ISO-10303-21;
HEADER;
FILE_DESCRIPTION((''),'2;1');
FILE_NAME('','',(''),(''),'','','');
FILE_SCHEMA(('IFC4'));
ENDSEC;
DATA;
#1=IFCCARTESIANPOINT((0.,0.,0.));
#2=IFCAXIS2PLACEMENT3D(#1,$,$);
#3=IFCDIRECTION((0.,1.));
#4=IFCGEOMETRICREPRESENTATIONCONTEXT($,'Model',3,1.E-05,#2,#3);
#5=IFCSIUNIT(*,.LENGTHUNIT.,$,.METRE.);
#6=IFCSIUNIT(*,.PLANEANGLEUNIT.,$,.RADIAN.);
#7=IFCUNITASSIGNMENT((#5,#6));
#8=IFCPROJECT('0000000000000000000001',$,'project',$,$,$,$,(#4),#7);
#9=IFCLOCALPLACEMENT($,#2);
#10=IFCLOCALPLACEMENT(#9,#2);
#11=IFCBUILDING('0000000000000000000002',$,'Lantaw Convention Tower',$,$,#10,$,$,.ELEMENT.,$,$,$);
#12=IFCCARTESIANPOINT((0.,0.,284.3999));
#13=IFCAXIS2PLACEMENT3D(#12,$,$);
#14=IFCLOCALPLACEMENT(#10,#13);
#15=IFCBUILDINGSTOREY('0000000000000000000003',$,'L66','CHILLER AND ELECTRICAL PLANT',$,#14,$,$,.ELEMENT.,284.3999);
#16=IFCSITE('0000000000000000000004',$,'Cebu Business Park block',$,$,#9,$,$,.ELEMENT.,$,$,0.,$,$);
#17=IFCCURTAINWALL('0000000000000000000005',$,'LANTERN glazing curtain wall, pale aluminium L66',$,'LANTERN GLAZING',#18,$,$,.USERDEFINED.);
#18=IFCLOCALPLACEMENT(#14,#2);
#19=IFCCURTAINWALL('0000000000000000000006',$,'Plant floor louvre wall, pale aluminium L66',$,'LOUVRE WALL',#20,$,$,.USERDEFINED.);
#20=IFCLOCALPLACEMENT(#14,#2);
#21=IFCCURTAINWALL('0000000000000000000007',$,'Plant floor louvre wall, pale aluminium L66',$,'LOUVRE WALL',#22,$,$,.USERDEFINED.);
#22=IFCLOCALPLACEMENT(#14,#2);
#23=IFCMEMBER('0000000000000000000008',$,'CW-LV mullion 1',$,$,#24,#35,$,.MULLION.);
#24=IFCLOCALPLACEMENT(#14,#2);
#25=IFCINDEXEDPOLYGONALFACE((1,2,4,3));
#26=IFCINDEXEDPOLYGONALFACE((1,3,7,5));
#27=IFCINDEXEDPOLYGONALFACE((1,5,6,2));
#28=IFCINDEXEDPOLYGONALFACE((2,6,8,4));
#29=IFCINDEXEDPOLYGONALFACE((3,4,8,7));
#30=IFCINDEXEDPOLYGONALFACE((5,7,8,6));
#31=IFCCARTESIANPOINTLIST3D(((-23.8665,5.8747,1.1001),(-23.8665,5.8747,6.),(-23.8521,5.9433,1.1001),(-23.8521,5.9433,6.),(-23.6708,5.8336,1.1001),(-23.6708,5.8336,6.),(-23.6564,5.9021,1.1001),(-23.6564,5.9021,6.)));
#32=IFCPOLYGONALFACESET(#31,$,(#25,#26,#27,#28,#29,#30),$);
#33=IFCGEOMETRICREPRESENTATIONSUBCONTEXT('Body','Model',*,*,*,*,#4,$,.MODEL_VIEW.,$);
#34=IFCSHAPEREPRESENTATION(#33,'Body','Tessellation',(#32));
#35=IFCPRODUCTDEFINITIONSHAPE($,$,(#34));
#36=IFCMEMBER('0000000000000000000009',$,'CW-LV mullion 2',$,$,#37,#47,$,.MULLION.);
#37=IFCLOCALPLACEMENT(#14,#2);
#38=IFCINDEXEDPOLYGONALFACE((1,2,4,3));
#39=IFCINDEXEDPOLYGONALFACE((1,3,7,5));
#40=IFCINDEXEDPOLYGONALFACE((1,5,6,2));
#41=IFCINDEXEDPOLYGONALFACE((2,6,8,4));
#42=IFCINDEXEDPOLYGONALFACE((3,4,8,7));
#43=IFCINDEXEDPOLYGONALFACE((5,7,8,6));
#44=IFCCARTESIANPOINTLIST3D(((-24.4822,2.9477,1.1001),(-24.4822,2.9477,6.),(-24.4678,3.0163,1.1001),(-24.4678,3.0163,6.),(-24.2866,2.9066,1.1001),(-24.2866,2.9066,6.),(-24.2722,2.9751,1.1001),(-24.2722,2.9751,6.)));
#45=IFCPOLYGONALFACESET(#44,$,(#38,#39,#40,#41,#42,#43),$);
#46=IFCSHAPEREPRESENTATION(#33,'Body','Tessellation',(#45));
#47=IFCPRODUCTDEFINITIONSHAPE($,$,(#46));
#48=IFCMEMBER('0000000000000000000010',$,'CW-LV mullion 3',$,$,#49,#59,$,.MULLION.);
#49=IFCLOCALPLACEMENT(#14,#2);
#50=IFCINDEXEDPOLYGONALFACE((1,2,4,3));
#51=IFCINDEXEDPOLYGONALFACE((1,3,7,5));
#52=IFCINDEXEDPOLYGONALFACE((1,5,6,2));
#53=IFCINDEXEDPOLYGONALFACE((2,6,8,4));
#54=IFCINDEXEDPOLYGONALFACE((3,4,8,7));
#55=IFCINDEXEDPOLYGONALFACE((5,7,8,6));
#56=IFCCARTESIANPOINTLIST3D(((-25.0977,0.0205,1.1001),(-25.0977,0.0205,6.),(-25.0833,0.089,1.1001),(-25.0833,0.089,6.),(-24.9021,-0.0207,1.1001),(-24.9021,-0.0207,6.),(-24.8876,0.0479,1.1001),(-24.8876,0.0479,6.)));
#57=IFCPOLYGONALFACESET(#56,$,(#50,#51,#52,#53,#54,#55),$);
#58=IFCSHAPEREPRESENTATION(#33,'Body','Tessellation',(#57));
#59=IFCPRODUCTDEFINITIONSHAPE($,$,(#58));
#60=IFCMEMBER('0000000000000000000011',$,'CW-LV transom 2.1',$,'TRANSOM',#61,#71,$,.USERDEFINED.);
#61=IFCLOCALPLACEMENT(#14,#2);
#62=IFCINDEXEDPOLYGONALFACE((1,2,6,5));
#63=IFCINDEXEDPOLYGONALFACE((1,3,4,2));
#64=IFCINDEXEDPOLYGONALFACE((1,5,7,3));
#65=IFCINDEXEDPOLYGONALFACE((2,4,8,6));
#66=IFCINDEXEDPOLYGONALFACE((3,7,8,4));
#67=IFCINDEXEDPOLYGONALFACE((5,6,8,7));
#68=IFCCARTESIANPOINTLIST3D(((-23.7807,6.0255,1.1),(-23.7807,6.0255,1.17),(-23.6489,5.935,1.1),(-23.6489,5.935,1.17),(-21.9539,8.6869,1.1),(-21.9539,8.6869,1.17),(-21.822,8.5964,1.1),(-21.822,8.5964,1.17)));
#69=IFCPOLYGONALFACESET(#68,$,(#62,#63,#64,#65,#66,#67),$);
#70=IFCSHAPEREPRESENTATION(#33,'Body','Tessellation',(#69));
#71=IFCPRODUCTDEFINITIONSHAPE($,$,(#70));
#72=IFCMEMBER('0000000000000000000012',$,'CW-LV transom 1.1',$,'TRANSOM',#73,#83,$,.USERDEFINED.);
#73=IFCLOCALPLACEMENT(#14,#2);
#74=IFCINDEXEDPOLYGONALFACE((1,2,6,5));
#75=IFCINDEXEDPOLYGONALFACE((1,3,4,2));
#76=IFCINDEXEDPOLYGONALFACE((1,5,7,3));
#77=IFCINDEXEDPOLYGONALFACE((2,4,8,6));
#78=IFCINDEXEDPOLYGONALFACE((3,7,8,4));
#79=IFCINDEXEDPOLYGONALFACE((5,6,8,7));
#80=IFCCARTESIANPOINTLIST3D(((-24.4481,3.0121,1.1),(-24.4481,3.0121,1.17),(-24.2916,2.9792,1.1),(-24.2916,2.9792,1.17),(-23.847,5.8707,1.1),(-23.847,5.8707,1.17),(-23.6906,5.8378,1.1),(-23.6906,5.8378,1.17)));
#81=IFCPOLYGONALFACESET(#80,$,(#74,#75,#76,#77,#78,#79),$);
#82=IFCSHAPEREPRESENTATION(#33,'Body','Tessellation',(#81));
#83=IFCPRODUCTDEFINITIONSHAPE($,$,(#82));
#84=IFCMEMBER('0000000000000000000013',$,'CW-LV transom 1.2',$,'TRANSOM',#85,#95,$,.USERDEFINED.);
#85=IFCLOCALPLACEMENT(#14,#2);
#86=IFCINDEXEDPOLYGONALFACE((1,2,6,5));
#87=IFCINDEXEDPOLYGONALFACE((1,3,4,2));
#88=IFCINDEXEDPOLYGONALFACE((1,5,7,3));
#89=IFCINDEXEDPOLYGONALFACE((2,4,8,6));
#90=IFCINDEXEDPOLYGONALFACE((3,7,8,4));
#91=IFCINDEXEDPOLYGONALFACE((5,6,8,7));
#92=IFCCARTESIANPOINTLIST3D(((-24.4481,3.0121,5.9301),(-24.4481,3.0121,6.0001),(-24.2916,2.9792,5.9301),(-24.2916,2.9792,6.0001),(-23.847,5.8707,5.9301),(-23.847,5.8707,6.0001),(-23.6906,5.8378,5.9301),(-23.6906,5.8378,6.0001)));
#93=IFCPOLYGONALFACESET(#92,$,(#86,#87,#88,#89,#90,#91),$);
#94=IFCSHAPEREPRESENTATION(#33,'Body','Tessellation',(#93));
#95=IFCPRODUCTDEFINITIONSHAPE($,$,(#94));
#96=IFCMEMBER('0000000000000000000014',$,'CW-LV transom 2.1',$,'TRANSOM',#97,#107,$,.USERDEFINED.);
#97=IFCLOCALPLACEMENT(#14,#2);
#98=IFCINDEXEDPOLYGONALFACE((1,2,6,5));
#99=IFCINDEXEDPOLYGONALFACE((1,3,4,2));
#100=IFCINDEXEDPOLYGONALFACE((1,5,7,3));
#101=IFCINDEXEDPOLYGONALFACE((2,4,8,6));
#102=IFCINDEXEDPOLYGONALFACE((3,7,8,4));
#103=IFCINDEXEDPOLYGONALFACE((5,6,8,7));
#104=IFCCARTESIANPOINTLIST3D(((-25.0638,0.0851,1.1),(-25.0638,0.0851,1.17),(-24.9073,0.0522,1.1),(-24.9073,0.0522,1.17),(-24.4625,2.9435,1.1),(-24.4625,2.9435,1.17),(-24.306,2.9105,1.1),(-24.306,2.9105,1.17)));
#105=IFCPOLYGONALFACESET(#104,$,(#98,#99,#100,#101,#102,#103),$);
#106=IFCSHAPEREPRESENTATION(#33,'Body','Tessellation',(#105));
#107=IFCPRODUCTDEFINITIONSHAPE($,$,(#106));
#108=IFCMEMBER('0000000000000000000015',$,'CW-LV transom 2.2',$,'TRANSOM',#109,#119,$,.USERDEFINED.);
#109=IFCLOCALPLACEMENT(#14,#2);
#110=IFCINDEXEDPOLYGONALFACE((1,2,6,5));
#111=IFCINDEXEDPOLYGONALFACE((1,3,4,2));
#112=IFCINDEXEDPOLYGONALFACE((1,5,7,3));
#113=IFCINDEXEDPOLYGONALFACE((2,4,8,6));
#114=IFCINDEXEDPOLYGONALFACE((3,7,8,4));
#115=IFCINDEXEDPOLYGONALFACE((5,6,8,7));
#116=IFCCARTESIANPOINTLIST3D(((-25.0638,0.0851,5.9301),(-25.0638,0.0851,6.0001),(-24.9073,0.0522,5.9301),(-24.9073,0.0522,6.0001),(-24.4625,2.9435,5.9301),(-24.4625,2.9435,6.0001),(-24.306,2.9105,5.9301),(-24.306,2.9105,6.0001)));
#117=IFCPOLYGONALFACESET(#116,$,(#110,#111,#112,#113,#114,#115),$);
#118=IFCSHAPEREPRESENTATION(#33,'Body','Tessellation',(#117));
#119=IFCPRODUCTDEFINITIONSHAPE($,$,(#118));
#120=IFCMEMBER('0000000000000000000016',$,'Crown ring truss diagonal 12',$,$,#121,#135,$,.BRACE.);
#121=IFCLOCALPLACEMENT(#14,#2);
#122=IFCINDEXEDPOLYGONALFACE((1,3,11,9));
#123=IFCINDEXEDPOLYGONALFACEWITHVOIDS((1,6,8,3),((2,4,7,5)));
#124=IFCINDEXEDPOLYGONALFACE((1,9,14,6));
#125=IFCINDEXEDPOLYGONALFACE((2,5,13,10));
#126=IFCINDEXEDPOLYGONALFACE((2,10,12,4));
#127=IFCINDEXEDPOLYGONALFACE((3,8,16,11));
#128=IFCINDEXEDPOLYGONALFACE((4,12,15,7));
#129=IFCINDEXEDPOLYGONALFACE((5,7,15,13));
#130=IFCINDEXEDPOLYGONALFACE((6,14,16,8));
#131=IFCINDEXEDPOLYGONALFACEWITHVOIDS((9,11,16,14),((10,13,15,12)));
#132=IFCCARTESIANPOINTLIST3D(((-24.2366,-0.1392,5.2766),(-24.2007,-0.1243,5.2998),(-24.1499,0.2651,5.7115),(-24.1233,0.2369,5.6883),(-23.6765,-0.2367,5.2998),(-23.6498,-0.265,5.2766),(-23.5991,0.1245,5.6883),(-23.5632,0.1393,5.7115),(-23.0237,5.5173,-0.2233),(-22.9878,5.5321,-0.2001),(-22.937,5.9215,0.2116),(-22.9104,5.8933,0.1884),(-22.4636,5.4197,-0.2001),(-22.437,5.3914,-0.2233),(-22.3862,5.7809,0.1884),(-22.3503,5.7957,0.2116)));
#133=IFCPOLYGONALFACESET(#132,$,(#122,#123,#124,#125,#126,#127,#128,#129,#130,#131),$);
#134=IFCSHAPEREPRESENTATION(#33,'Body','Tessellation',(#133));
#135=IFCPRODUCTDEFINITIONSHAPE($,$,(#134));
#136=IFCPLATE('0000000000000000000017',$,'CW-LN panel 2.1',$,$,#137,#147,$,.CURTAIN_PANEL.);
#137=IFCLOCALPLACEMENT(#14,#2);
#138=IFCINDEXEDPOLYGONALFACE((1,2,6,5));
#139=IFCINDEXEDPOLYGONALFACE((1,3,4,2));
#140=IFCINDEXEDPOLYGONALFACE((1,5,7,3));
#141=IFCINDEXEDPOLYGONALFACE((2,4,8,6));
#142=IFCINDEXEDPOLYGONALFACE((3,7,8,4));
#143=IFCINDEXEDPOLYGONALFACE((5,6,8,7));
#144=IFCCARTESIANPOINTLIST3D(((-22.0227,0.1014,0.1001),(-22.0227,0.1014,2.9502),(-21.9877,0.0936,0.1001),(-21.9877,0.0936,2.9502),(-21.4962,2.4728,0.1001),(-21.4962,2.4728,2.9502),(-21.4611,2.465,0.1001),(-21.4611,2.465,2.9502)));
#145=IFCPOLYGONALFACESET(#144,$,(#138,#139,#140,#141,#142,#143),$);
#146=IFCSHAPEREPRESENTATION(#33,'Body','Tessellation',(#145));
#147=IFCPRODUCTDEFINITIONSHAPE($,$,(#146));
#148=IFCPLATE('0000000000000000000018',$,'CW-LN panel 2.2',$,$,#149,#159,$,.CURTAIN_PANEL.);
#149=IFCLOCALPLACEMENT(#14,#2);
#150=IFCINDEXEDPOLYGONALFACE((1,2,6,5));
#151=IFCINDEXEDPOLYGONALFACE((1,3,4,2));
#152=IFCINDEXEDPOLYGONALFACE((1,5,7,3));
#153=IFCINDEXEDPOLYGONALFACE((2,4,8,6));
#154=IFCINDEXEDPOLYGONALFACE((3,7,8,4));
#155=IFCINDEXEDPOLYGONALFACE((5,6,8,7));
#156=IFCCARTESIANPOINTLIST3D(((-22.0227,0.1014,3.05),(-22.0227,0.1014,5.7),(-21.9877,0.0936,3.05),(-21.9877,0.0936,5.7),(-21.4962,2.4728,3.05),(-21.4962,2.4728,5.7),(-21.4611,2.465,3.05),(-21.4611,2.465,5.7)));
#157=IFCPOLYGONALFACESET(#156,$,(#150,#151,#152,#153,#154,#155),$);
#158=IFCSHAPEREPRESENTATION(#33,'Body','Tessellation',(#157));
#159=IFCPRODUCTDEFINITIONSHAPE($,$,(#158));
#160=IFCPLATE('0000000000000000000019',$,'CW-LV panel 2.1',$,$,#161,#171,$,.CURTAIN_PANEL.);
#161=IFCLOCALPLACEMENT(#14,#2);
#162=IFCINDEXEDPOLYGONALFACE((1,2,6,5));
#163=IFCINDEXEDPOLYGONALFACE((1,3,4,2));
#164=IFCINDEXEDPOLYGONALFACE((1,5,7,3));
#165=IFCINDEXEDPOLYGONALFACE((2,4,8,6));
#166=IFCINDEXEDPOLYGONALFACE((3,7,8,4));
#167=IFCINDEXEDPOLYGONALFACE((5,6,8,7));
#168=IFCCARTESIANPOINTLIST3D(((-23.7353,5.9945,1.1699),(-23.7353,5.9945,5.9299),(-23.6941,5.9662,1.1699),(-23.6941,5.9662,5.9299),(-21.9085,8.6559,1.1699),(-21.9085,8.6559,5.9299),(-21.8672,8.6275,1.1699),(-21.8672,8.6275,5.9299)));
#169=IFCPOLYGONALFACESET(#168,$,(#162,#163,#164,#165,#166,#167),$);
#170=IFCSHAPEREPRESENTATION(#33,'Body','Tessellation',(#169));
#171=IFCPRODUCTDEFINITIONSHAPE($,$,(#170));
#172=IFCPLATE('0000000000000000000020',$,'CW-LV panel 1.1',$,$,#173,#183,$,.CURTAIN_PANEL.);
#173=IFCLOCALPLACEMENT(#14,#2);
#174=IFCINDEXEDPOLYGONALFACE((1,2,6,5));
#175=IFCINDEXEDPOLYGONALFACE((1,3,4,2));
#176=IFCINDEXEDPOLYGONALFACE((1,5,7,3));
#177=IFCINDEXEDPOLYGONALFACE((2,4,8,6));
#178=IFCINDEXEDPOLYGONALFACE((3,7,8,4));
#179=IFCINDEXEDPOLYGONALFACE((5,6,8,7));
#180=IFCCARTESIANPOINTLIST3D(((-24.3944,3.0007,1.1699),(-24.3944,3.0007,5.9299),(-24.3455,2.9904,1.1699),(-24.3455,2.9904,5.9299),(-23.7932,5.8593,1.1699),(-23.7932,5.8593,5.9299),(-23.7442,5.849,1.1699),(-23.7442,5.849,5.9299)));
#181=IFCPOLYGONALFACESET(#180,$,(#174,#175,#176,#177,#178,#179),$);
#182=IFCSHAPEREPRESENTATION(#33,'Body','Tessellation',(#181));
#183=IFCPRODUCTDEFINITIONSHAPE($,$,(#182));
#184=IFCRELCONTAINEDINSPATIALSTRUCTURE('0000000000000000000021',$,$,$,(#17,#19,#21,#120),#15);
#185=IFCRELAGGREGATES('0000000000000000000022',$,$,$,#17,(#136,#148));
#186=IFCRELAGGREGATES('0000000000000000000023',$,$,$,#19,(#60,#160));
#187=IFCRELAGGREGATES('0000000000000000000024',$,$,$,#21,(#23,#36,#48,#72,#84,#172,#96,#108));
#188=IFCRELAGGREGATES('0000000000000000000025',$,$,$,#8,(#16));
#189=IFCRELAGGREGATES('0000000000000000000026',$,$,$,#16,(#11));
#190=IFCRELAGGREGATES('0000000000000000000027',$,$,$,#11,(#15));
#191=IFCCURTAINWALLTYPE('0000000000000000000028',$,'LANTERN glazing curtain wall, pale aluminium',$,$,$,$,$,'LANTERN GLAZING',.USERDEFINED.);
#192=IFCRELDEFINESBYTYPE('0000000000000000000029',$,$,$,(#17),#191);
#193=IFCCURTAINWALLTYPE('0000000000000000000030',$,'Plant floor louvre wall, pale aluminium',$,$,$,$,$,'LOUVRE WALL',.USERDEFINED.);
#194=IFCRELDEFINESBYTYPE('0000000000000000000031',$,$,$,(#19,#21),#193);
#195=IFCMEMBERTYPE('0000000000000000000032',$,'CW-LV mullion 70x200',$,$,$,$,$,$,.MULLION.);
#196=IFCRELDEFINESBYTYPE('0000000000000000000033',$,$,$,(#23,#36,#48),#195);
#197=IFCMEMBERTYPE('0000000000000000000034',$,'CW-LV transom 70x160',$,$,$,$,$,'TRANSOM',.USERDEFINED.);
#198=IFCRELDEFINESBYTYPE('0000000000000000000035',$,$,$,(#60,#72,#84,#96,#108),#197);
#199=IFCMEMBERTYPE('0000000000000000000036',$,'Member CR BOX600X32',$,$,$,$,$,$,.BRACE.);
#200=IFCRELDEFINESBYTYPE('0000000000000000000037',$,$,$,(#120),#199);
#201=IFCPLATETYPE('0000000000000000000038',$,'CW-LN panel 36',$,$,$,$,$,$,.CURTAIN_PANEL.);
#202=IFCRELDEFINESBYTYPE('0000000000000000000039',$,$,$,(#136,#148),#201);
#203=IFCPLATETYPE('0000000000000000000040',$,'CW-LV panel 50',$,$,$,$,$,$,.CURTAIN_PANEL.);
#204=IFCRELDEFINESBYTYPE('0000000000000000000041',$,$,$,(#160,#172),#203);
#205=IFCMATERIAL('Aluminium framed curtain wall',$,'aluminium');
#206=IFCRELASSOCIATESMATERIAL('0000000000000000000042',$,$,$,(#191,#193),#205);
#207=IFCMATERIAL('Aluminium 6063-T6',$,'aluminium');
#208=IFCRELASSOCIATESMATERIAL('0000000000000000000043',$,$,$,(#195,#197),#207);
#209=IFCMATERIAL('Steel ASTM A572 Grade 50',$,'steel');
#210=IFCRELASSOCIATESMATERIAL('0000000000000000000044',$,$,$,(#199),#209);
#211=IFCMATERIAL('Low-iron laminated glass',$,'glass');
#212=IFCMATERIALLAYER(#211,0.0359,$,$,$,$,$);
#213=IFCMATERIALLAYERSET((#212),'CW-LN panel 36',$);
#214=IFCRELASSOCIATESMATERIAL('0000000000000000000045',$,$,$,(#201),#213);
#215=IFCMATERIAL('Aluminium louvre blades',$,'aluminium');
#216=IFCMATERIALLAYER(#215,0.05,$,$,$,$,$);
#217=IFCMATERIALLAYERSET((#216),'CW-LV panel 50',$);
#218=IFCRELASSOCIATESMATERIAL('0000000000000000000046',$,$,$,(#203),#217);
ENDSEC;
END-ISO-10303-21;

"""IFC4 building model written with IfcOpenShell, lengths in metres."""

from ifc_helpers import new_model, si_unit, direction, frame, origin, origin_2d, place, context, subcontext, project, spatial, rectangle, hollow_rectangle, extrude, material, layer, layer_set, material_profile, profile_set, type_object, element, aggregate, save


model = new_model("IFC4")

# Units and contexts
model_context = context("Model", 3, precision=1e-05, world=origin(), true_north=direction((0.0, 1.0)))
body_context = subcontext(model_context, "Body", "Model", "MODEL_VIEW")
ifc_project = project(units=[si_unit("LENGTHUNIT", "METRE"), si_unit("PLANEANGLEUNIT", "RADIAN")], contexts=[model_context])

# Site, building, storey
site_placement = place(None, origin())
site = spatial("IfcSite", under=ifc_project, at=site_placement, Name="Cebu Business Park block", CompositionType="ELEMENT", RefElevation=0.0)
building_placement = place(site_placement, origin())
building = spatial("IfcBuilding", under=site, at=building_placement, Name="Lantaw Convention Tower", CompositionType="ELEMENT")
storey_placement = place(building_placement, frame((0.0, 0.0, 284.3999)))
storey = spatial("IfcBuildingStorey", under=building, at=storey_placement, Name="L66", Description="CHILLER AND ELECTRICAL PLANT", CompositionType="ELEMENT", Elevation=284.3999)

# Shared definitions
ifc_material_1 = material(Name="Steel ASTM A572 Grade 50", Category="steel")

# Curtain wall
ifc_material_2 = material(Name="Aluminium framed curtain wall", Category="aluminium")
curtain_wall_type_1 = type_object("IfcCurtainWallType", Name="LANTERN glazing curtain wall, pale aluminium", ElementType="LANTERN GLAZING", PredefinedType="USERDEFINED", material=ifc_material_2)
curtain_wall_1_placement = place(storey_placement, origin())
curtain_wall_1 = element("IfcCurtainWall", 1, at=curtain_wall_1_placement, inside=storey, type_object=curtain_wall_type_1, Name="LANTERN glazing curtain wall, pale aluminium L66", ObjectType="LANTERN GLAZING", PredefinedType="USERDEFINED")
ifc_material_3 = material(Name="Aluminium 6063-T6", Category="aluminium")

# Curtain wall
curtain_wall_type_2 = type_object("IfcCurtainWallType", Name="Plant floor louvre wall, pale aluminium", ElementType="LOUVRE WALL", PredefinedType="USERDEFINED", material=ifc_material_2)
curtain_wall_2_placement = place(storey_placement, origin())
curtain_wall_2 = element("IfcCurtainWall", 2, at=curtain_wall_2_placement, inside=storey, type_object=curtain_wall_type_2, Name="Plant floor louvre wall, pale aluminium L66", ObjectType="LOUVRE WALL", PredefinedType="USERDEFINED")
ifc_material_profile_1 = material_profile(ifc_material_3, rectangle(XDim=0.2, YDim=0.0701, at=origin_2d()), Name="CW-LV mullion 70x200")
ifc_profile_set_1 = profile_set([ifc_material_profile_1], Name="Aluminium 6063-T6")
member_type_1 = type_object("IfcMemberType", Name="CW-LV mullion 70x200", PredefinedType="MULLION", material=ifc_profile_set_1)

# Curtain wall, members
curtain_wall_3_placement = place(storey_placement, origin())
curtain_wall_3 = element("IfcCurtainWall", 3, at=curtain_wall_3_placement, inside=storey, type_object=curtain_wall_type_2, Name="Plant floor louvre wall, pale aluminium L66", ObjectType="LOUVRE WALL", PredefinedType="USERDEFINED")
member_1_placement = place(storey_placement, frame((-23.7615, 5.8884, 1.1001), z_axis=(0.0, 0.0, 1.0), x_axis=(0.978591, -0.205814, 0.0)))
member_1 = element("IfcMember", 4, at=member_1_placement, type_object=member_type_1, Name="CW-LV mullion 1", PredefinedType="MULLION", context=body_context, shape_type="SweptSolid", body=[
    extrude(rectangle(XDim=0.2, YDim=0.0701, at=origin_2d()), origin(), (0.0, 0.0, 1.0), 4.8999),
])
member_2_placement = place(storey_placement, frame((-24.3772, 2.9614, 1.1001), z_axis=(0.0, 0.0, 1.0), x_axis=(0.978591, -0.205814, 0.0)))
member_2 = element("IfcMember", 5, at=member_2_placement, type_object=member_type_1, Name="CW-LV mullion 2", PredefinedType="MULLION", context=body_context, shape_type="SweptSolid", body=[
    extrude(rectangle(XDim=0.2, YDim=0.0701, at=origin_2d()), origin(), (0.0, 0.0, 1.0), 4.8999),
])
member_3_placement = place(storey_placement, frame((-24.9927, 0.0342, 1.1001), z_axis=(0.0, 0.0, 1.0), x_axis=(0.978591, -0.205814, 0.0)))
member_3 = element("IfcMember", 6, at=member_3_placement, type_object=member_type_1, Name="CW-LV mullion 3", PredefinedType="MULLION", context=body_context, shape_type="SweptSolid", body=[
    extrude(rectangle(XDim=0.2, YDim=0.0701, at=origin_2d()), origin(), (0.0, 0.0, 1.0), 4.8999),
])

# Members
ifc_material_profile_2 = material_profile(ifc_material_3, rectangle(XDim=0.1599, YDim=0.0701, at=origin_2d()), Name="CW-LV transom 70x160")
ifc_profile_set_2 = profile_set([ifc_material_profile_2], Name="Aluminium 6063-T6")
member_type_2 = type_object("IfcMemberType", Name="CW-LV transom 70x160", ElementType="TRANSOM", PredefinedType="USERDEFINED", material=ifc_profile_set_2)
member_4_placement = place(storey_placement, frame((-21.8879, 8.6416, 1.135), z_axis=(-0.565941, -0.824446, 0.0), x_axis=(0.824446, -0.565941, 0.0)))
member_4 = element("IfcMember", 7, at=member_4_placement, type_object=member_type_2, Name="CW-LV transom 2.1", ObjectType="TRANSOM", PredefinedType="USERDEFINED", context=body_context, shape_type="SweptSolid", body=[
    extrude(rectangle(XDim=0.1599, YDim=0.0701, at=origin_2d()), origin(), (0.0, 0.0, 1.0), 3.228),
])
member_5_placement = place(storey_placement, frame((-23.7688, 5.8542, 1.135), z_axis=(-0.205766, -0.978601, 0.0), x_axis=(0.978601, -0.205766, 0.0)))
member_5 = element("IfcMember", 8, at=member_5_placement, type_object=member_type_2, Name="CW-LV transom 1.1", ObjectType="TRANSOM", PredefinedType="USERDEFINED", context=body_context, shape_type="SweptSolid", body=[
    extrude(rectangle(XDim=0.1599, YDim=0.0701, at=origin_2d()), origin(), (0.0, 0.0, 1.0), 2.9211),
])
member_6_placement = place(storey_placement, frame((-23.7688, 5.8542, 5.9651), z_axis=(-0.205766, -0.978601, 0.0), x_axis=(0.978601, -0.205766, 0.0)))
member_6 = element("IfcMember", 9, at=member_6_placement, type_object=member_type_2, Name="CW-LV transom 1.2", ObjectType="TRANSOM", PredefinedType="USERDEFINED", context=body_context, shape_type="SweptSolid", body=[
    extrude(rectangle(XDim=0.1599, YDim=0.0701, at=origin_2d()), origin(), (0.0, 0.0, 1.0), 2.9211),
])
member_7_placement = place(storey_placement, frame((-24.3843, 2.927, 1.135), z_axis=(-0.205863, -0.978581, 0.0), x_axis=(0.978581, -0.205863, 0.0)))
member_7 = element("IfcMember", 10, at=member_7_placement, type_object=member_type_2, Name="CW-LV transom 2.1", ObjectType="TRANSOM", PredefinedType="USERDEFINED", context=body_context, shape_type="SweptSolid", body=[
    extrude(rectangle(XDim=0.1599, YDim=0.0701, at=origin_2d()), origin(), (0.0, 0.0, 1.0), 2.9209),
])
member_8_placement = place(storey_placement, frame((-24.3843, 2.927, 5.9651), z_axis=(-0.205863, -0.978581, 0.0), x_axis=(0.978581, -0.205863, 0.0)))
member_8 = element("IfcMember", 11, at=member_8_placement, type_object=member_type_2, Name="CW-LV transom 2.2", ObjectType="TRANSOM", PredefinedType="USERDEFINED", context=body_context, shape_type="SweptSolid", body=[
    extrude(rectangle(XDim=0.1599, YDim=0.0701, at=origin_2d()), origin(), (0.0, 0.0, 1.0), 2.9209),
])
ifc_material_profile_3 = material_profile(ifc_material_1, hollow_rectangle(XDim=0.6001, YDim=0.6001, WallThickness=0.032, at=origin_2d()), Name="BOX600X32")
ifc_profile_set_3 = profile_set([ifc_material_profile_3], Name="Steel ASTM A572 Grade 50")
member_type_3 = type_object("IfcMemberType", Name="Member CR BOX600X32", PredefinedType="BRACE", material=ifc_profile_set_3)
member_9_placement = place(storey_placement, frame((-22.687, 5.6565, -0.0059), z_axis=(-0.151948, -0.70863, 0.689025), x_axis=(0.977775, -0.209659, 0.0)))
element("IfcMember", 12, at=member_9_placement, inside=storey, type_object=member_type_3, Name="Crown ring truss diagonal 12", PredefinedType="BRACE", context=body_context, shape_type="SweptSolid", body=[
    extrude(hollow_rectangle(XDim=0.6001, YDim=0.6001, WallThickness=0.032, at=origin_2d()), origin(), (0.0, 0.0, 1.0), 7.9822),
])

# Plates
ifc_material_4 = material(Name="Low-iron laminated glass", Category="glass")
ifc_layer_1 = layer(ifc_material_4, 0.0359)
ifc_layer_set_1 = layer_set([ifc_layer_1], Name="CW-LN panel 36")
plate_type_1 = type_object("IfcPlateType", Name="CW-LN panel 36", PredefinedType="CURTAIN_PANEL", material=ifc_layer_set_1)
plate_1_placement = place(storey_placement, frame((-21.7419, 1.2832, 0.1001), z_axis=(0.0, 0.0, 1.0), x_axis=(-0.216765, -0.976224, 0.0)))
plate_1 = element("IfcPlate", 13, at=plate_1_placement, type_object=plate_type_1, Name="CW-LN panel 2.1", PredefinedType="CURTAIN_PANEL", context=body_context, shape_type="SweptSolid", body=[
    extrude(rectangle(XDim=2.4292, YDim=0.0359, at=origin_2d()), origin(), (0.0, 0.0, 1.0), 2.8501),
])
plate_2_placement = place(storey_placement, frame((-21.7419, 1.2832, 3.05), z_axis=(0.0, 0.0, 1.0), x_axis=(-0.216765, -0.976224, 0.0)))
plate_2 = element("IfcPlate", 14, at=plate_2_placement, type_object=plate_type_1, Name="CW-LN panel 2.2", PredefinedType="CURTAIN_PANEL", context=body_context, shape_type="SweptSolid", body=[
    extrude(rectangle(XDim=2.4292, YDim=0.0359, at=origin_2d()), origin(), (0.0, 0.0, 1.0), 2.6499),
])
aggregate(curtain_wall_1, [plate_1, plate_2])
ifc_material_5 = material(Name="Aluminium louvre blades", Category="aluminium")
ifc_layer_2 = layer(ifc_material_5, 0.05)
ifc_layer_set_2 = layer_set([ifc_layer_2], Name="CW-LV panel 50")
plate_type_2 = type_object("IfcPlateType", Name="CW-LV panel 50", PredefinedType="CURTAIN_PANEL", material=ifc_layer_set_2)
plate_3_placement = place(storey_placement, frame((-22.8013, 7.311, 1.1699), z_axis=(0.0, 0.0, 1.0), x_axis=(-0.565935, -0.82445, 0.0)))
plate_3 = element("IfcPlate", 15, at=plate_3_placement, type_object=plate_type_2, Name="CW-LV panel 2.1", PredefinedType="CURTAIN_PANEL", context=body_context, shape_type="SweptSolid", body=[
    extrude(rectangle(XDim=3.228, YDim=0.05, at=origin_2d()), origin(), (0.0, 0.0, 1.0), 4.76),
])
aggregate(curtain_wall_2, [member_4, plate_3])
plate_4_placement = place(storey_placement, frame((-24.0693, 4.4248, 1.1699), z_axis=(0.0, 0.0, 1.0), x_axis=(-0.205814, -0.978591, 0.0)))
plate_4 = element("IfcPlate", 16, at=plate_4_placement, type_object=plate_type_2, Name="CW-LV panel 1.1", PredefinedType="CURTAIN_PANEL", context=body_context, shape_type="SweptSolid", body=[
    extrude(rectangle(XDim=2.9211, YDim=0.05, at=origin_2d()), origin(), (0.0, 0.0, 1.0), 4.76),
])
aggregate(curtain_wall_3, [member_1, member_2, member_3, member_5, member_6, plate_4, member_7, member_8])

save(model, "model.ifc")
